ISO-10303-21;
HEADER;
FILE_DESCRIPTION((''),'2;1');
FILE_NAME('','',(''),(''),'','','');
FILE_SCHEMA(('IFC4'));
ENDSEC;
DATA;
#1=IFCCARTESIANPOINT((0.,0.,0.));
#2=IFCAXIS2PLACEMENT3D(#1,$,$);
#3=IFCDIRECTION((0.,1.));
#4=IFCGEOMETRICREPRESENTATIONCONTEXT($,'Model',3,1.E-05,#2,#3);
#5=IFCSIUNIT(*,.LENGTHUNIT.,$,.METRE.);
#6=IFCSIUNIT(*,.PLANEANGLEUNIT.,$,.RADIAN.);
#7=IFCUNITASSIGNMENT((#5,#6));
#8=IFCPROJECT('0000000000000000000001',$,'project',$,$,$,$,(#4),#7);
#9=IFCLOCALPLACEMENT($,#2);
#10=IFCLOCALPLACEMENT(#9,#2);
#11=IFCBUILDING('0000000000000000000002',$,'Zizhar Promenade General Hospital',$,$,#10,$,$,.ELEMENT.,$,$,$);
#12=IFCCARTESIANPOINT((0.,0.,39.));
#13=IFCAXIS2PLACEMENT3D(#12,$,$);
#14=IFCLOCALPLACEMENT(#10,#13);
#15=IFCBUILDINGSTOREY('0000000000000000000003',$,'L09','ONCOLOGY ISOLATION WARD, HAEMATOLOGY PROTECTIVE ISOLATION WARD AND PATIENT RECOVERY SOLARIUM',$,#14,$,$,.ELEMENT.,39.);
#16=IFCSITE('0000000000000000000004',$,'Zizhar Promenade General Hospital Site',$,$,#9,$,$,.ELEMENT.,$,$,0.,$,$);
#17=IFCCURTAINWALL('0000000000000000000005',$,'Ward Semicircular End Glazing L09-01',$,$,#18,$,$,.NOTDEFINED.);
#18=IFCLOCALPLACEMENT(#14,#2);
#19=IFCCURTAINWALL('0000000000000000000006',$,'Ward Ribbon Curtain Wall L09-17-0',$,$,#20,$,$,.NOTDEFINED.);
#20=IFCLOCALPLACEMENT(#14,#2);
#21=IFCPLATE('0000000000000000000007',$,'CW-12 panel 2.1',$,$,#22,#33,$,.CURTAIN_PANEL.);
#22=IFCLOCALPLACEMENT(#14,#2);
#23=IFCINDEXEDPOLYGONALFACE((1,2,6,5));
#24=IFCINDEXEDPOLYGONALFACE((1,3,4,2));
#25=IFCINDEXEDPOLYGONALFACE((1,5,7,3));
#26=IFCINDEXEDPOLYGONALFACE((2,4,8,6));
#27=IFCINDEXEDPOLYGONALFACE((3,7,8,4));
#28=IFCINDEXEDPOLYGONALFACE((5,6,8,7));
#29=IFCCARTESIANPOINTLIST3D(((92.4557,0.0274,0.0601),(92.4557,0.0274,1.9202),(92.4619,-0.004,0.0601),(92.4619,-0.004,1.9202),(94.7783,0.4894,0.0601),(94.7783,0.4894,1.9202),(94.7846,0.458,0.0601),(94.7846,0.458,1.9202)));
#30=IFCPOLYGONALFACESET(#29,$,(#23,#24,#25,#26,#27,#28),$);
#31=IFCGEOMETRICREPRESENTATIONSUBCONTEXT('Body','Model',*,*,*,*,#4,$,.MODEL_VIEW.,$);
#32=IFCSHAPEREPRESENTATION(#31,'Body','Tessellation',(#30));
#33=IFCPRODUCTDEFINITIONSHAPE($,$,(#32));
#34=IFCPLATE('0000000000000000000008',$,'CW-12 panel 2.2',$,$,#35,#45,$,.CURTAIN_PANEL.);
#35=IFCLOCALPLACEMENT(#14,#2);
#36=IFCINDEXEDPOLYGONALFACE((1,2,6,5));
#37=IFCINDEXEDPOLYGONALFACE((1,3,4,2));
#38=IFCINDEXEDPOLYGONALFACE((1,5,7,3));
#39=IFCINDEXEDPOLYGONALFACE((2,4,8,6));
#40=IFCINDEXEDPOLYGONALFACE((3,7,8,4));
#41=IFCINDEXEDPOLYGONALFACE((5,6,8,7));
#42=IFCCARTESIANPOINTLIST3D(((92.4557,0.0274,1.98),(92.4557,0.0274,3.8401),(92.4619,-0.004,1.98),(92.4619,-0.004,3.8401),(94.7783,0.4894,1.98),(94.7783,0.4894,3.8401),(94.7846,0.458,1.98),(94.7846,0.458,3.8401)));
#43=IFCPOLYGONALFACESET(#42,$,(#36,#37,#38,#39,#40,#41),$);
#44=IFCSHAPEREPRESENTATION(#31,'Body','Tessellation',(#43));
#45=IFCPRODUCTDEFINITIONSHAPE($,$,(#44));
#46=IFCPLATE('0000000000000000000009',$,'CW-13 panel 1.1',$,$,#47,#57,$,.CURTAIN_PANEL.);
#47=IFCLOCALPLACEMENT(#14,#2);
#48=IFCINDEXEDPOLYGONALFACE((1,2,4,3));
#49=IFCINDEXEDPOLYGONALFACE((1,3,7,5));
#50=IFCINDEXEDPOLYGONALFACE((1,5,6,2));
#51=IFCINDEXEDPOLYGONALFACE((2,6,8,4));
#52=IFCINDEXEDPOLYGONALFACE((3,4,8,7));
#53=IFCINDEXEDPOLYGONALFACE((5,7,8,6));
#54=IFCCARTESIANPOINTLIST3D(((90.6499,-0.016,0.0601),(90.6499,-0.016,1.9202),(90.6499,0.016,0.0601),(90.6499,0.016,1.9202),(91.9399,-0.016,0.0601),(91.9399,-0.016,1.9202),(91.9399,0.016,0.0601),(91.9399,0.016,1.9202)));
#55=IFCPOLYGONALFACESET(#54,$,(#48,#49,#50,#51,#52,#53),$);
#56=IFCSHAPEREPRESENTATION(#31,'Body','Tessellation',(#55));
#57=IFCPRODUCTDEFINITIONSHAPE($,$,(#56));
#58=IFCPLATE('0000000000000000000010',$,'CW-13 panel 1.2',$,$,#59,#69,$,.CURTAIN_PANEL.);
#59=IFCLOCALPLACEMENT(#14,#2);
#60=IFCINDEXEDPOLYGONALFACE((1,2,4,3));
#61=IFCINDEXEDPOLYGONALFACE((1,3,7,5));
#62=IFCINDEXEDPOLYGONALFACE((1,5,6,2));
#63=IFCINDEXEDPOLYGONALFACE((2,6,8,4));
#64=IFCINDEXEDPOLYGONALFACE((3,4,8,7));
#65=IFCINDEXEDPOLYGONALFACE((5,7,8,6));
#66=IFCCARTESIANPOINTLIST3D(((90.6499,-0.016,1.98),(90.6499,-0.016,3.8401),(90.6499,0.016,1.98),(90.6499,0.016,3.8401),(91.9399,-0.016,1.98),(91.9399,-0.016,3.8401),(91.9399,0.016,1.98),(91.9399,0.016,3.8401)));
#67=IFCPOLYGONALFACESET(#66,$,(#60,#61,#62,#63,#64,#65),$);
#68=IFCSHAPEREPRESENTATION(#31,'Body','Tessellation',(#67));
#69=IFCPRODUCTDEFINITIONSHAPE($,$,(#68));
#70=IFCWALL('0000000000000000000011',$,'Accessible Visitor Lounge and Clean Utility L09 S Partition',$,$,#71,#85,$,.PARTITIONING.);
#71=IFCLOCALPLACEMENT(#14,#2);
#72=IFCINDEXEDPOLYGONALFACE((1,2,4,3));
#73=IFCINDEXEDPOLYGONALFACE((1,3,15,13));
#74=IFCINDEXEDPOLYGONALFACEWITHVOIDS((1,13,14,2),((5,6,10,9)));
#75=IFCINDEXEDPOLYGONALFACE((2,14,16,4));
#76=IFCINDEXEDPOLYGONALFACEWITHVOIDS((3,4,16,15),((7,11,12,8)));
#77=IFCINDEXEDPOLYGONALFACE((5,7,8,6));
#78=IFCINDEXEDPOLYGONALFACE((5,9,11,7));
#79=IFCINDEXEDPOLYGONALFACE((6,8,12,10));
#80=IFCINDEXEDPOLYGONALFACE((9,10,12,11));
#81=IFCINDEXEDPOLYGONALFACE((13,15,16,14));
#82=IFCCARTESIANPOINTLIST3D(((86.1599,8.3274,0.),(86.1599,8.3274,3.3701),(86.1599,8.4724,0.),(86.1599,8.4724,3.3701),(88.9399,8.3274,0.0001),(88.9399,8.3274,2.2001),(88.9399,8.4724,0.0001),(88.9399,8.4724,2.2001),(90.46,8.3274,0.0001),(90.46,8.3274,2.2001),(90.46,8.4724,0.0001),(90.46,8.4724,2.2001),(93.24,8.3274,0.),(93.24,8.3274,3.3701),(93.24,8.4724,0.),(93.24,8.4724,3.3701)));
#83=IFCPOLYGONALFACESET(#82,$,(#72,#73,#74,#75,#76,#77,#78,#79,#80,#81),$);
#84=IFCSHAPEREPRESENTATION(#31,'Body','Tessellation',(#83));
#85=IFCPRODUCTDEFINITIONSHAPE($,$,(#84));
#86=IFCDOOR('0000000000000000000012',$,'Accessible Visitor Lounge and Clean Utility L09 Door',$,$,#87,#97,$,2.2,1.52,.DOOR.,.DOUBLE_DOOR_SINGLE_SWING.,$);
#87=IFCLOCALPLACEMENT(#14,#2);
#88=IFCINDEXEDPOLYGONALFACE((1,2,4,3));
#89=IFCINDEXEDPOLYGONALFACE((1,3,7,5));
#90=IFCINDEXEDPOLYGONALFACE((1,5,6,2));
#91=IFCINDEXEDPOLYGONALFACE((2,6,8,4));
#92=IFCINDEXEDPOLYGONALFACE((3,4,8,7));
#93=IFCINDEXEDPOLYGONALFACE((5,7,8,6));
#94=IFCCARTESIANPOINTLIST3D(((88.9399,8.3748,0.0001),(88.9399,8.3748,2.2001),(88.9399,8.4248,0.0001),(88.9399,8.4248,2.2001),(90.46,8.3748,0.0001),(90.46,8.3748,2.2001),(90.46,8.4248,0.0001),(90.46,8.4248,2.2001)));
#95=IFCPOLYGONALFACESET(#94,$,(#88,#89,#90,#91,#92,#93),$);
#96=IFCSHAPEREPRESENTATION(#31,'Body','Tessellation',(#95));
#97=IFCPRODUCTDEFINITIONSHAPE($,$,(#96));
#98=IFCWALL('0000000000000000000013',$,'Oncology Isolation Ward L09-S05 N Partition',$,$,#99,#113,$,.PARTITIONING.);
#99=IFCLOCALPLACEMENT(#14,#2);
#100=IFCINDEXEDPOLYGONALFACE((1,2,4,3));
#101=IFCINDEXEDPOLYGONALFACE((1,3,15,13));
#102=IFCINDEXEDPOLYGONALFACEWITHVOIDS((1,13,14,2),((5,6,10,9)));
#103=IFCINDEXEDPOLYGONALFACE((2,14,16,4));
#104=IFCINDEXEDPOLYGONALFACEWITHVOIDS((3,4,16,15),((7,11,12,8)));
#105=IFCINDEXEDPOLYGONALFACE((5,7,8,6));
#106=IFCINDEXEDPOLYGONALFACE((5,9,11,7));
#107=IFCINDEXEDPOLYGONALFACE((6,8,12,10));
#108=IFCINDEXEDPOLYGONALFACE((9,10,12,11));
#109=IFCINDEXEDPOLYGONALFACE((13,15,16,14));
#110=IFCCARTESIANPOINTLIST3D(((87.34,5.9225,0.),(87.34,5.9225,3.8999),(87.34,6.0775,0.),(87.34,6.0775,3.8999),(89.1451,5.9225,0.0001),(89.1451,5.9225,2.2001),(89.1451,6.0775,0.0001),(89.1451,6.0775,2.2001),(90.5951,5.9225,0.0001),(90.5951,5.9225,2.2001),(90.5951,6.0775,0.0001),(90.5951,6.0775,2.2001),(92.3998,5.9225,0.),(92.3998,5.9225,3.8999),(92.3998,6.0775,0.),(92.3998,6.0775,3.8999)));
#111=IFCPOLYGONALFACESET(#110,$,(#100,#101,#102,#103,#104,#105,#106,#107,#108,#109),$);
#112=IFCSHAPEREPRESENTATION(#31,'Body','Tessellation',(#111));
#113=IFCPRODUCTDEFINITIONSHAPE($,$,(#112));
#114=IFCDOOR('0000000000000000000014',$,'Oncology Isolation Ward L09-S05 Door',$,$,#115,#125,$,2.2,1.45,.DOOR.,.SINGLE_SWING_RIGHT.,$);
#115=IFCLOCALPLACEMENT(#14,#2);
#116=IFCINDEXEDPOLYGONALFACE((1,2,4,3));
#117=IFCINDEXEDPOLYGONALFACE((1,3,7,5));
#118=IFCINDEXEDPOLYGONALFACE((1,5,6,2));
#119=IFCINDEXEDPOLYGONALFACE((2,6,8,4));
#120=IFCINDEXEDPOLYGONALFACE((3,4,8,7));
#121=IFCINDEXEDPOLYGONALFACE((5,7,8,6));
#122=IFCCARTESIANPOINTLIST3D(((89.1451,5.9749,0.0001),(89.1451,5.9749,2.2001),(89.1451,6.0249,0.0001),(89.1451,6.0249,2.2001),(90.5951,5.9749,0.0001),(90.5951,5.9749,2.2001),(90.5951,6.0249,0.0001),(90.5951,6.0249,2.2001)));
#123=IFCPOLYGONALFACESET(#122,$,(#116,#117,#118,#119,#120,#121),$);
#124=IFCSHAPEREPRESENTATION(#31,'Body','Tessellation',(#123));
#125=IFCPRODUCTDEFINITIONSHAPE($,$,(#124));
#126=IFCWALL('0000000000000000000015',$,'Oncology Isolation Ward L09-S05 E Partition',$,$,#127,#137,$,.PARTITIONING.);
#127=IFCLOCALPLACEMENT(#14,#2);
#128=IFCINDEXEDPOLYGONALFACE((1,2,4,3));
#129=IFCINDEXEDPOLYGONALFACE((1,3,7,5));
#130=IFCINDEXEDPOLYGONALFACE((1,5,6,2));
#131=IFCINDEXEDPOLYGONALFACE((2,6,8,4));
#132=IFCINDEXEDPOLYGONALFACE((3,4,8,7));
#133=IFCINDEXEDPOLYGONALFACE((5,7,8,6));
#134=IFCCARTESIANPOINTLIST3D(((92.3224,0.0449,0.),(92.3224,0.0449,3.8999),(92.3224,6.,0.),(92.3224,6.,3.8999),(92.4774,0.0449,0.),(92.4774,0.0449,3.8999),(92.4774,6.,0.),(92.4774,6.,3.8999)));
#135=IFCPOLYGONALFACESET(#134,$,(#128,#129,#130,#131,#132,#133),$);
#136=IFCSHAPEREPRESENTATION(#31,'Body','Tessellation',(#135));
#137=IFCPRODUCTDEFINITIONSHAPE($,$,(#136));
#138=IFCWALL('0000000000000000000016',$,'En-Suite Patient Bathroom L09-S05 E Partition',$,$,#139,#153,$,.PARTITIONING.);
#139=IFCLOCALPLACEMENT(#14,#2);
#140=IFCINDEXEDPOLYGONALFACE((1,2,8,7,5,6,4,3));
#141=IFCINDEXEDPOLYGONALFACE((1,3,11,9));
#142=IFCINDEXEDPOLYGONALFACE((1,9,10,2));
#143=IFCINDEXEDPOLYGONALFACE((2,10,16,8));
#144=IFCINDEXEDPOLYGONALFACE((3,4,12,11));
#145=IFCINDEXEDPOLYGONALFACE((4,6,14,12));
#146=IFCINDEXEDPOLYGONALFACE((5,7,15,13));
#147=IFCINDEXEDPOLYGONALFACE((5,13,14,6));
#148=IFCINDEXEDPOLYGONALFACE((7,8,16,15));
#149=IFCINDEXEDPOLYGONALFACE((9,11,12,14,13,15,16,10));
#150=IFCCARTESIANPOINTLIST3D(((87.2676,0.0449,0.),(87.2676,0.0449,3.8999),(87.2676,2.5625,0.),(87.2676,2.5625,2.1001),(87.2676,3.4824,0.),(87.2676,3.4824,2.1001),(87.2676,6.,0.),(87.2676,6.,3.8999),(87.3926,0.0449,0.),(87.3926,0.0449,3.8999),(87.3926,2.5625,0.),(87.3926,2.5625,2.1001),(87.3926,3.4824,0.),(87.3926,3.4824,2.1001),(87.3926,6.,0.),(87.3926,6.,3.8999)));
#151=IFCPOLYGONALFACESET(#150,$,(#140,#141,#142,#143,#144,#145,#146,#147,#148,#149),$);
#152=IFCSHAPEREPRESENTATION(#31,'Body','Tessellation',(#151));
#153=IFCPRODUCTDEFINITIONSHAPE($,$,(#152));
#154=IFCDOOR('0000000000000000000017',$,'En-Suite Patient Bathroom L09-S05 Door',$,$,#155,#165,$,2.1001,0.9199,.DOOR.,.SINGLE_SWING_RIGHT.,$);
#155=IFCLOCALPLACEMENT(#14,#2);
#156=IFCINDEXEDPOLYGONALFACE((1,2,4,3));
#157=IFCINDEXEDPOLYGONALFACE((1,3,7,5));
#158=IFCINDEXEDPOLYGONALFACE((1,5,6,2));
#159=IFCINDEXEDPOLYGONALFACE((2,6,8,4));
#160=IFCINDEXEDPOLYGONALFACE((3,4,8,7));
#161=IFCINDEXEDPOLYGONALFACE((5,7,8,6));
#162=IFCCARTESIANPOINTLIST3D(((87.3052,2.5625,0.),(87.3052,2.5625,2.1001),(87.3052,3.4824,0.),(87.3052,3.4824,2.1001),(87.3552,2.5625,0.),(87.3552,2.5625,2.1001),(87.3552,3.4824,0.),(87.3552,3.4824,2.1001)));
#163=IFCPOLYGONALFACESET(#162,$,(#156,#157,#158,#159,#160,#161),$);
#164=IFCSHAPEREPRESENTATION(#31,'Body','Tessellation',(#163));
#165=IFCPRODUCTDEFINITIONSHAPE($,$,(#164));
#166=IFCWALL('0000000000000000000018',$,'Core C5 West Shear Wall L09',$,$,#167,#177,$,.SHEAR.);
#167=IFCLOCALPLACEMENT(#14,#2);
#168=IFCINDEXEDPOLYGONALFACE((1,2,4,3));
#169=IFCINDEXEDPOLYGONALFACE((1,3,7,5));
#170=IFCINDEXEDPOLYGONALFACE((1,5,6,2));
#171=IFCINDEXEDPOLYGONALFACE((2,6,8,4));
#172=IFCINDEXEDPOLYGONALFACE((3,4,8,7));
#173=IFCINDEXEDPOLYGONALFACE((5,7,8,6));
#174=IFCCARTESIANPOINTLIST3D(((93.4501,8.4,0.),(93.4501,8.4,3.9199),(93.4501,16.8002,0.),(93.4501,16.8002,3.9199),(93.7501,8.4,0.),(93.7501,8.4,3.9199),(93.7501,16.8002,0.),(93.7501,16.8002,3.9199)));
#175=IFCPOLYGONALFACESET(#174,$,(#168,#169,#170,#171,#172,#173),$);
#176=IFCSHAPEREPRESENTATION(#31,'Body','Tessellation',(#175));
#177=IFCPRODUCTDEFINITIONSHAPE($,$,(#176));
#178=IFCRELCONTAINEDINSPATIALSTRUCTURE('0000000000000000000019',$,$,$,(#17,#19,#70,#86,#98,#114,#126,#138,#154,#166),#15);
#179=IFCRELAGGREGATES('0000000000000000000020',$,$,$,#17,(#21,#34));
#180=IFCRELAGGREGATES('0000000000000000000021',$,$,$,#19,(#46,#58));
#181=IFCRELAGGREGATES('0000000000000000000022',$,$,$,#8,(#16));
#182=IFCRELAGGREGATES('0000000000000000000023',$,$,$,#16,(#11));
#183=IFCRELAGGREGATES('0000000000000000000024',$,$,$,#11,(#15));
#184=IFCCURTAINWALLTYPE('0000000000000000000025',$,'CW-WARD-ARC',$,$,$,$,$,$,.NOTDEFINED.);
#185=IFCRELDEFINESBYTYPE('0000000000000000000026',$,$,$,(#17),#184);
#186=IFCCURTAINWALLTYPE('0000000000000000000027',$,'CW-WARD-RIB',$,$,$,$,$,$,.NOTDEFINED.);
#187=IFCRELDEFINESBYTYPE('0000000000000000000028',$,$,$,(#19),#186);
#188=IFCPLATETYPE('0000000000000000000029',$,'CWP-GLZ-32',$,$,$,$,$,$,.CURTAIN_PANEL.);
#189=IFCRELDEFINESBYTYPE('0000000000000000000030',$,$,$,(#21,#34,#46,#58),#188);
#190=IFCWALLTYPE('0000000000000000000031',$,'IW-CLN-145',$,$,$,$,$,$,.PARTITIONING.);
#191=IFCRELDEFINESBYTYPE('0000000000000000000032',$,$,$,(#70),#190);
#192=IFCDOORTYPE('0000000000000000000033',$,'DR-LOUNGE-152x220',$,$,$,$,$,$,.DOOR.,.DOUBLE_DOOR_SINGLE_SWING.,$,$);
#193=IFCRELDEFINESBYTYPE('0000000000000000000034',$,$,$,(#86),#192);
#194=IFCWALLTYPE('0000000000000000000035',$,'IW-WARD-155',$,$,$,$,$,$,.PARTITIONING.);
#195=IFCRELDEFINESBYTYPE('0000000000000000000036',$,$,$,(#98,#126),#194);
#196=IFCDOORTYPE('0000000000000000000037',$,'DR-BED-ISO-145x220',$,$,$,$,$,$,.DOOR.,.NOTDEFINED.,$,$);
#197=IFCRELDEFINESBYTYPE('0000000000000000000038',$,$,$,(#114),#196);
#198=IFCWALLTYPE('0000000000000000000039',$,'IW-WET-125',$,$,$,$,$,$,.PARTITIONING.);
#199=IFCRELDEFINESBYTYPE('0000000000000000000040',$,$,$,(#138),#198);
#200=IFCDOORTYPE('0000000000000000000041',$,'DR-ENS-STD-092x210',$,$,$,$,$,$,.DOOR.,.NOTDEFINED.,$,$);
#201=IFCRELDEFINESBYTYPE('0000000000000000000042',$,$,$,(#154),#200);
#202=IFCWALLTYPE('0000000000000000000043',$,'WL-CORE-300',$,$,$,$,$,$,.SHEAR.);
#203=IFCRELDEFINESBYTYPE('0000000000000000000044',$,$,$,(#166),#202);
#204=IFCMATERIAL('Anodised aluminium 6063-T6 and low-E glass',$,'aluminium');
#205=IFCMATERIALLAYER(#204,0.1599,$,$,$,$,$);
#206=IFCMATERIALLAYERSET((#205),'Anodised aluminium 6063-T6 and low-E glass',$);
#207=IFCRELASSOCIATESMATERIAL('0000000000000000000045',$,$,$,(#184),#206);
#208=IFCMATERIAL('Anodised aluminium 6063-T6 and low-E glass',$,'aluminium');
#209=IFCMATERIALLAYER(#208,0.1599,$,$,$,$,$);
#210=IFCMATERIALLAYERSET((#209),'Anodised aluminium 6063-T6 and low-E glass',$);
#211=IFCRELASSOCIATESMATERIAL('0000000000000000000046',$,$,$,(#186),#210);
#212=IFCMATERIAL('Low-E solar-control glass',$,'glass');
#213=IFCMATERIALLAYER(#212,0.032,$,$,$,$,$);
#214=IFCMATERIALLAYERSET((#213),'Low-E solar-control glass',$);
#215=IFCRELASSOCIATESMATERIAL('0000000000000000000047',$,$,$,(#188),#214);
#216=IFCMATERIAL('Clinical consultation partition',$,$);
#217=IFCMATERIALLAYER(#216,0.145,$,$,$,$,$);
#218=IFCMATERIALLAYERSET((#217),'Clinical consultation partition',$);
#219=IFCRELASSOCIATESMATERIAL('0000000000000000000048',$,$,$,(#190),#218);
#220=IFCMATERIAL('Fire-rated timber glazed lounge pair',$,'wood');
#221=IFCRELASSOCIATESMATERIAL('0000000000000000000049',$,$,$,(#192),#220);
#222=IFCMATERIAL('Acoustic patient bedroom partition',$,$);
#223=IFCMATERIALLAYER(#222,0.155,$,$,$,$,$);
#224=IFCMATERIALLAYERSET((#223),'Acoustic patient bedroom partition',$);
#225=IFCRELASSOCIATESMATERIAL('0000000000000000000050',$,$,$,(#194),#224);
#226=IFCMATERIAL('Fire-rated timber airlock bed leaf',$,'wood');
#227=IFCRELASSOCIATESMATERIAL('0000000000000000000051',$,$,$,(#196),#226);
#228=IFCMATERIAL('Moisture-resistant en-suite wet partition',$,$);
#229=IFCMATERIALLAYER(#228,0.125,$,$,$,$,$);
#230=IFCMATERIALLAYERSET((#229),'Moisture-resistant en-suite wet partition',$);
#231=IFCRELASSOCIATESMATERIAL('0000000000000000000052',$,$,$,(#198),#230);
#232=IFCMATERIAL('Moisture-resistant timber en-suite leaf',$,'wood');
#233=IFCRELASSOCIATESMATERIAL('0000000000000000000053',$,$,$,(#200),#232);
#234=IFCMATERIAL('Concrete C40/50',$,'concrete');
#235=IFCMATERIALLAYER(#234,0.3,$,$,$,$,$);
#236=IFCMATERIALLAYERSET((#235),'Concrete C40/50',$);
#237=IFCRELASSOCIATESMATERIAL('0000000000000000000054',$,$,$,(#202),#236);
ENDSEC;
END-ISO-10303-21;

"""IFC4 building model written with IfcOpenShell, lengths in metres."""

from ifc_helpers import new_model, si_unit, direction, frame, frame_2d, origin, origin_2d, place, context, subcontext, project, spatial, rectangle, extrude, material, layer, layer_set, type_object, element, fill, aggregate, save


model = new_model("IFC4")

# Units and contexts
model_context = context("Model", 3, precision=1e-05, world=origin(), true_north=direction((0.0, 1.0)))
body_context = subcontext(model_context, "Body", "Model", "MODEL_VIEW")
ifc_project = project(units=[si_unit("LENGTHUNIT", "METRE"), si_unit("PLANEANGLEUNIT", "RADIAN")], contexts=[model_context])

# Site, building, storey
site_placement = place(None, origin())
site = spatial("IfcSite", under=ifc_project, at=site_placement, Name="Zizhar Promenade General Hospital Site", CompositionType="ELEMENT", RefElevation=0.0)
building_placement = place(site_placement, origin())
building = spatial("IfcBuilding", under=site, at=building_placement, Name="Zizhar Promenade General Hospital", CompositionType="ELEMENT")
storey_placement = place(building_placement, frame((0.0, 0.0, 39.0)))
storey = spatial("IfcBuildingStorey", under=building, at=storey_placement, Name="L09", Description="ONCOLOGY ISOLATION WARD, HAEMATOLOGY PROTECTIVE ISOLATION WARD AND PATIENT RECOVERY SOLARIUM", CompositionType="ELEMENT", Elevation=39.0)

# Curtain walls
ifc_material_1 = material(Name="Anodised aluminium 6063-T6 and low-E glass", Category="aluminium")
ifc_layer_1 = layer(ifc_material_1, 0.1599)
ifc_layer_set_1 = layer_set([ifc_layer_1], Name="Anodised aluminium 6063-T6 and low-E glass")
curtain_wall_type_1 = type_object("IfcCurtainWallType", Name="CW-WARD-ARC", PredefinedType="NOTDEFINED", material=ifc_layer_set_1)
curtain_wall_1_placement = place(storey_placement, origin())
curtain_wall_1 = element("IfcCurtainWall", 1, at=curtain_wall_1_placement, inside=storey, type_object=curtain_wall_type_1, Name="Ward Semicircular End Glazing L09-01", PredefinedType="NOTDEFINED")
ifc_material_2 = material(Name="Anodised aluminium 6063-T6 and low-E glass", Category="aluminium")
ifc_layer_2 = layer(ifc_material_2, 0.1599)
ifc_layer_set_2 = layer_set([ifc_layer_2], Name="Anodised aluminium 6063-T6 and low-E glass")
curtain_wall_type_2 = type_object("IfcCurtainWallType", Name="CW-WARD-RIB", PredefinedType="NOTDEFINED", material=ifc_layer_set_2)
curtain_wall_2_placement = place(storey_placement, origin())
curtain_wall_2 = element("IfcCurtainWall", 2, at=curtain_wall_2_placement, inside=storey, type_object=curtain_wall_type_2, Name="Ward Ribbon Curtain Wall L09-17-0", PredefinedType="NOTDEFINED")

# Plates
ifc_material_3 = material(Name="Low-E solar-control glass", Category="glass")
ifc_layer_3 = layer(ifc_material_3, 0.032)
ifc_layer_set_3 = layer_set([ifc_layer_3], Name="Low-E solar-control glass")
plate_type = type_object("IfcPlateType", Name="CWP-GLZ-32", PredefinedType="CURTAIN_PANEL", material=ifc_layer_set_3)
plate_1_placement = place(storey_placement, frame((93.6201, 0.2427, 0.0601), z_axis=(0.0, 0.0, 1.0), x_axis=(-0.980786, -0.195087, 0.0)))
plate_1 = element("IfcPlate", 3, at=plate_1_placement, type_object=plate_type, Name="CW-12 panel 2.1", PredefinedType="CURTAIN_PANEL", context=body_context, shape_type="SweptSolid", body=[
    extrude(rectangle(XDim=2.3682, YDim=0.032, at=origin_2d()), origin(), (0.0, 0.0, 1.0), 1.8601),
])
plate_2_placement = place(storey_placement, frame((93.6201, 0.2427, 1.98), z_axis=(0.0, 0.0, 1.0), x_axis=(-0.980786, -0.195087, 0.0)))
plate_2 = element("IfcPlate", 4, at=plate_2_placement, type_object=plate_type, Name="CW-12 panel 2.2", PredefinedType="CURTAIN_PANEL", context=body_context, shape_type="SweptSolid", body=[
    extrude(rectangle(XDim=2.3682, YDim=0.032, at=origin_2d()), origin(), (0.0, 0.0, 1.0), 1.8601),
])
aggregate(curtain_wall_1, [plate_1, plate_2])
plate_3_placement = place(storey_placement, frame((91.2949, 0.0, 0.0601), z_axis=(0.0, 0.0, 1.0), x_axis=(-1.0, 0.0, 0.0)))
plate_3 = element("IfcPlate", 5, at=plate_3_placement, type_object=plate_type, Name="CW-13 panel 1.1", PredefinedType="CURTAIN_PANEL", context=body_context, shape_type="SweptSolid", body=[
    extrude(rectangle(XDim=1.29, YDim=0.032, at=origin_2d()), origin(), (0.0, 0.0, 1.0), 1.8601),
])
plate_4_placement = place(storey_placement, frame((91.2949, 0.0, 1.98), z_axis=(0.0, 0.0, 1.0), x_axis=(-1.0, 0.0, 0.0)))
plate_4 = element("IfcPlate", 6, at=plate_4_placement, type_object=plate_type, Name="CW-13 panel 1.2", PredefinedType="CURTAIN_PANEL", context=body_context, shape_type="SweptSolid", body=[
    extrude(rectangle(XDim=1.29, YDim=0.032, at=origin_2d()), origin(), (0.0, 0.0, 1.0), 1.8601),
])
aggregate(curtain_wall_2, [plate_3, plate_4])

# Walls, openings, doors
ifc_material_4 = material(Name="Clinical consultation partition")
ifc_layer_4 = layer(ifc_material_4, 0.145)
ifc_layer_set_4 = layer_set([ifc_layer_4], Name="Clinical consultation partition")
wall_type_1 = type_object("IfcWallType", Name="IW-CLN-145", PredefinedType="PARTITIONING", material=ifc_layer_set_4)
wall_1_placement = place(storey_placement, frame((86.1599, 8.3999, 0.0), z_axis=(0.0, 0.0, 1.0), x_axis=(1.0, 0.0, 0.0)))
wall_1 = element("IfcWall", 7, at=wall_1_placement, inside=storey, type_object=wall_type_1, Name="Accessible Visitor Lounge and Clean Utility L09 S Partition", PredefinedType="PARTITIONING", context=body_context, shape_type="SweptSolid", body=[
    extrude(rectangle(XDim=7.0801, YDim=0.145, at=frame_2d((3.54, 0.0))), origin(), (0.0, 0.0, 1.0), 3.3701),
])
opening_1_placement = place(wall_1_placement, frame((2.78, 0.0, 0.0)))
opening_1 = element("IfcOpeningElement", 8, at=opening_1_placement, cuts=wall_1, PredefinedType="OPENING", context=body_context, shape_type="SweptSolid", body=[
    extrude(rectangle(XDim=1.52, YDim=2.2, at=frame_2d((0.76, 1.1001))), frame((0.0, 0.0825, 0.0), z_axis=(0.0, -1.0, 0.0), x_axis=(1.0, 0.0, 0.0)), (0.0, 0.0, 1.0), 0.165),
])
ifc_material_5 = material(Name="Fire-rated timber glazed lounge pair", Category="wood")
door_type_1 = type_object("IfcDoorType", Name="DR-LOUNGE-152x220", OperationType="DOUBLE_DOOR_SINGLE_SWING", PredefinedType="DOOR", material=ifc_material_5)
door_1_placement = place(opening_1_placement, origin())
door_1 = element("IfcDoor", 9, at=door_1_placement, inside=storey, type_object=door_type_1, Name="Accessible Visitor Lounge and Clean Utility L09 Door", OperationType="DOUBLE_DOOR_SINGLE_SWING", OverallHeight=2.2, OverallWidth=1.52, PredefinedType="DOOR", context=body_context, shape_type="SweptSolid", body=[
    extrude(rectangle(XDim=1.52, YDim=2.2, at=frame_2d((0.76, 1.1001))), frame((0.0, 0.0249, 0.0), z_axis=(0.0, -1.0, 0.0), x_axis=(1.0, 0.0, 0.0)), (0.0, 0.0, 1.0), 0.05),
])
fill(opening_1, door_1)
ifc_material_6 = material(Name="Acoustic patient bedroom partition")
ifc_layer_5 = layer(ifc_material_6, 0.155)
ifc_layer_set_5 = layer_set([ifc_layer_5], Name="Acoustic patient bedroom partition")
wall_type_2 = type_object("IfcWallType", Name="IW-WARD-155", PredefinedType="PARTITIONING", material=ifc_layer_set_5)
wall_2_placement = place(storey_placement, frame((87.3401, 6.0, 0.0), z_axis=(0.0, 0.0, 1.0), x_axis=(1.0, 0.0, 0.0)))
wall_2 = element("IfcWall", 10, at=wall_2_placement, inside=storey, type_object=wall_type_2, Name="Oncology Isolation Ward L09-S05 N Partition", PredefinedType="PARTITIONING", context=body_context, shape_type="SweptSolid", body=[
    extrude(rectangle(XDim=5.0598, YDim=0.155, at=frame_2d((2.5298, 0.0))), origin(), (0.0, 0.0, 1.0), 3.8999),
])
opening_2_placement = place(wall_2_placement, frame((1.8049, 0.0, 0.0)))
opening_2 = element("IfcOpeningElement", 11, at=opening_2_placement, cuts=wall_2, PredefinedType="OPENING", context=body_context, shape_type="SweptSolid", body=[
    extrude(rectangle(XDim=1.45, YDim=2.2, at=frame_2d((0.7251, 1.1001))), frame((0.0, 0.0874, 0.0), z_axis=(0.0, -1.0, 0.0), x_axis=(1.0, 0.0, 0.0)), (0.0, 0.0, 1.0), 0.175),
])
ifc_material_7 = material(Name="Fire-rated timber airlock bed leaf", Category="wood")
door_type_2 = type_object("IfcDoorType", Name="DR-BED-ISO-145x220", OperationType="NOTDEFINED", PredefinedType="DOOR", material=ifc_material_7)
door_2_placement = place(opening_2_placement, origin())
door_2 = element("IfcDoor", 12, at=door_2_placement, inside=storey, type_object=door_type_2, Name="Oncology Isolation Ward L09-S05 Door", OperationType="SINGLE_SWING_RIGHT", OverallHeight=2.2, OverallWidth=1.45, PredefinedType="DOOR", context=body_context, shape_type="SweptSolid", body=[
    extrude(rectangle(XDim=1.45, YDim=2.2, at=frame_2d((0.7251, 1.1001))), frame((0.0, 0.0249, 0.0), z_axis=(0.0, -1.0, 0.0), x_axis=(1.0, 0.0, 0.0)), (0.0, 0.0, 1.0), 0.05),
])
fill(opening_2, door_2)

# Wall
wall_3_placement = place(storey_placement, frame((92.3999, 0.0449, 0.0), z_axis=(0.0, 0.0, 1.0), x_axis=(0.0, 1.0, 0.0)))
element("IfcWall", 13, at=wall_3_placement, inside=storey, type_object=wall_type_2, Name="Oncology Isolation Ward L09-S05 E Partition", PredefinedType="PARTITIONING", context=body_context, shape_type="SweptSolid", body=[
    extrude(rectangle(XDim=5.9551, YDim=0.155, at=frame_2d((2.9775, 0.0))), origin(), (0.0, 0.0, 1.0), 3.8999),
])

# Wall, opening, door
ifc_material_8 = material(Name="Moisture-resistant en-suite wet partition")
ifc_layer_6 = layer(ifc_material_8, 0.125)
ifc_layer_set_6 = layer_set([ifc_layer_6], Name="Moisture-resistant en-suite wet partition")
wall_type_3 = type_object("IfcWallType", Name="IW-WET-125", PredefinedType="PARTITIONING", material=ifc_layer_set_6)
wall_4_placement = place(storey_placement, frame((87.3301, 0.0449, 0.0), z_axis=(0.0, 0.0, 1.0), x_axis=(0.0, 1.0, 0.0)))
wall_4 = element("IfcWall", 14, at=wall_4_placement, inside=storey, type_object=wall_type_3, Name="En-Suite Patient Bathroom L09-S05 E Partition", PredefinedType="PARTITIONING", context=body_context, shape_type="SweptSolid", body=[
    extrude(rectangle(XDim=5.9551, YDim=0.125, at=frame_2d((2.9775, 0.0))), origin(), (0.0, 0.0, 1.0), 3.8999),
])
opening_3_placement = place(wall_4_placement, frame((2.5176, 0.0, 0.0)))
opening_3 = element("IfcOpeningElement", 15, at=opening_3_placement, cuts=wall_4, PredefinedType="OPENING", context=body_context, shape_type="SweptSolid", body=[
    extrude(rectangle(XDim=0.9199, YDim=2.1001, at=frame_2d((0.46, 1.05))), frame((0.0, 0.0725, 0.0), z_axis=(0.0, -1.0, 0.0), x_axis=(1.0, 0.0, 0.0)), (0.0, 0.0, 1.0), 0.145),
])
ifc_material_9 = material(Name="Moisture-resistant timber en-suite leaf", Category="wood")
door_type_3 = type_object("IfcDoorType", Name="DR-ENS-STD-092x210", OperationType="NOTDEFINED", PredefinedType="DOOR", material=ifc_material_9)
door_3_placement = place(opening_3_placement, origin())
door_3 = element("IfcDoor", 16, at=door_3_placement, inside=storey, type_object=door_type_3, Name="En-Suite Patient Bathroom L09-S05 Door", OperationType="SINGLE_SWING_RIGHT", OverallHeight=2.1001, OverallWidth=0.9199, PredefinedType="DOOR", context=body_context, shape_type="SweptSolid", body=[
    extrude(rectangle(XDim=0.9199, YDim=2.1001, at=frame_2d((0.46, 1.05))), frame((0.0, 0.0249, 0.0), z_axis=(0.0, -1.0, 0.0), x_axis=(1.0, 0.0, 0.0)), (0.0, 0.0, 1.0), 0.05),
])
fill(opening_3, door_3)

# Wall
ifc_material_10 = material(Name="Concrete C40/50", Category="concrete")
ifc_layer_7 = layer(ifc_material_10, 0.3)
ifc_layer_set_7 = layer_set([ifc_layer_7], Name="Concrete C40/50")
wall_type_4 = type_object("IfcWallType", Name="WL-CORE-300", PredefinedType="SHEAR", material=ifc_layer_set_7)
wall_5_placement = place(storey_placement, frame((93.6001, 8.3999, 0.0), z_axis=(0.0, 0.0, 1.0), x_axis=(0.0, 1.0, 0.0)))
element("IfcWall", 17, at=wall_5_placement, inside=storey, type_object=wall_type_4, Name="Core C5 West Shear Wall L09", PredefinedType="SHEAR", context=body_context, shape_type="SweptSolid", body=[
    extrude(rectangle(XDim=8.4001, YDim=0.3, at=frame_2d((4.2002, 0.0))), origin(), (0.0, 0.0, 1.0), 3.9199),
])

save(model, "model.ifc")
